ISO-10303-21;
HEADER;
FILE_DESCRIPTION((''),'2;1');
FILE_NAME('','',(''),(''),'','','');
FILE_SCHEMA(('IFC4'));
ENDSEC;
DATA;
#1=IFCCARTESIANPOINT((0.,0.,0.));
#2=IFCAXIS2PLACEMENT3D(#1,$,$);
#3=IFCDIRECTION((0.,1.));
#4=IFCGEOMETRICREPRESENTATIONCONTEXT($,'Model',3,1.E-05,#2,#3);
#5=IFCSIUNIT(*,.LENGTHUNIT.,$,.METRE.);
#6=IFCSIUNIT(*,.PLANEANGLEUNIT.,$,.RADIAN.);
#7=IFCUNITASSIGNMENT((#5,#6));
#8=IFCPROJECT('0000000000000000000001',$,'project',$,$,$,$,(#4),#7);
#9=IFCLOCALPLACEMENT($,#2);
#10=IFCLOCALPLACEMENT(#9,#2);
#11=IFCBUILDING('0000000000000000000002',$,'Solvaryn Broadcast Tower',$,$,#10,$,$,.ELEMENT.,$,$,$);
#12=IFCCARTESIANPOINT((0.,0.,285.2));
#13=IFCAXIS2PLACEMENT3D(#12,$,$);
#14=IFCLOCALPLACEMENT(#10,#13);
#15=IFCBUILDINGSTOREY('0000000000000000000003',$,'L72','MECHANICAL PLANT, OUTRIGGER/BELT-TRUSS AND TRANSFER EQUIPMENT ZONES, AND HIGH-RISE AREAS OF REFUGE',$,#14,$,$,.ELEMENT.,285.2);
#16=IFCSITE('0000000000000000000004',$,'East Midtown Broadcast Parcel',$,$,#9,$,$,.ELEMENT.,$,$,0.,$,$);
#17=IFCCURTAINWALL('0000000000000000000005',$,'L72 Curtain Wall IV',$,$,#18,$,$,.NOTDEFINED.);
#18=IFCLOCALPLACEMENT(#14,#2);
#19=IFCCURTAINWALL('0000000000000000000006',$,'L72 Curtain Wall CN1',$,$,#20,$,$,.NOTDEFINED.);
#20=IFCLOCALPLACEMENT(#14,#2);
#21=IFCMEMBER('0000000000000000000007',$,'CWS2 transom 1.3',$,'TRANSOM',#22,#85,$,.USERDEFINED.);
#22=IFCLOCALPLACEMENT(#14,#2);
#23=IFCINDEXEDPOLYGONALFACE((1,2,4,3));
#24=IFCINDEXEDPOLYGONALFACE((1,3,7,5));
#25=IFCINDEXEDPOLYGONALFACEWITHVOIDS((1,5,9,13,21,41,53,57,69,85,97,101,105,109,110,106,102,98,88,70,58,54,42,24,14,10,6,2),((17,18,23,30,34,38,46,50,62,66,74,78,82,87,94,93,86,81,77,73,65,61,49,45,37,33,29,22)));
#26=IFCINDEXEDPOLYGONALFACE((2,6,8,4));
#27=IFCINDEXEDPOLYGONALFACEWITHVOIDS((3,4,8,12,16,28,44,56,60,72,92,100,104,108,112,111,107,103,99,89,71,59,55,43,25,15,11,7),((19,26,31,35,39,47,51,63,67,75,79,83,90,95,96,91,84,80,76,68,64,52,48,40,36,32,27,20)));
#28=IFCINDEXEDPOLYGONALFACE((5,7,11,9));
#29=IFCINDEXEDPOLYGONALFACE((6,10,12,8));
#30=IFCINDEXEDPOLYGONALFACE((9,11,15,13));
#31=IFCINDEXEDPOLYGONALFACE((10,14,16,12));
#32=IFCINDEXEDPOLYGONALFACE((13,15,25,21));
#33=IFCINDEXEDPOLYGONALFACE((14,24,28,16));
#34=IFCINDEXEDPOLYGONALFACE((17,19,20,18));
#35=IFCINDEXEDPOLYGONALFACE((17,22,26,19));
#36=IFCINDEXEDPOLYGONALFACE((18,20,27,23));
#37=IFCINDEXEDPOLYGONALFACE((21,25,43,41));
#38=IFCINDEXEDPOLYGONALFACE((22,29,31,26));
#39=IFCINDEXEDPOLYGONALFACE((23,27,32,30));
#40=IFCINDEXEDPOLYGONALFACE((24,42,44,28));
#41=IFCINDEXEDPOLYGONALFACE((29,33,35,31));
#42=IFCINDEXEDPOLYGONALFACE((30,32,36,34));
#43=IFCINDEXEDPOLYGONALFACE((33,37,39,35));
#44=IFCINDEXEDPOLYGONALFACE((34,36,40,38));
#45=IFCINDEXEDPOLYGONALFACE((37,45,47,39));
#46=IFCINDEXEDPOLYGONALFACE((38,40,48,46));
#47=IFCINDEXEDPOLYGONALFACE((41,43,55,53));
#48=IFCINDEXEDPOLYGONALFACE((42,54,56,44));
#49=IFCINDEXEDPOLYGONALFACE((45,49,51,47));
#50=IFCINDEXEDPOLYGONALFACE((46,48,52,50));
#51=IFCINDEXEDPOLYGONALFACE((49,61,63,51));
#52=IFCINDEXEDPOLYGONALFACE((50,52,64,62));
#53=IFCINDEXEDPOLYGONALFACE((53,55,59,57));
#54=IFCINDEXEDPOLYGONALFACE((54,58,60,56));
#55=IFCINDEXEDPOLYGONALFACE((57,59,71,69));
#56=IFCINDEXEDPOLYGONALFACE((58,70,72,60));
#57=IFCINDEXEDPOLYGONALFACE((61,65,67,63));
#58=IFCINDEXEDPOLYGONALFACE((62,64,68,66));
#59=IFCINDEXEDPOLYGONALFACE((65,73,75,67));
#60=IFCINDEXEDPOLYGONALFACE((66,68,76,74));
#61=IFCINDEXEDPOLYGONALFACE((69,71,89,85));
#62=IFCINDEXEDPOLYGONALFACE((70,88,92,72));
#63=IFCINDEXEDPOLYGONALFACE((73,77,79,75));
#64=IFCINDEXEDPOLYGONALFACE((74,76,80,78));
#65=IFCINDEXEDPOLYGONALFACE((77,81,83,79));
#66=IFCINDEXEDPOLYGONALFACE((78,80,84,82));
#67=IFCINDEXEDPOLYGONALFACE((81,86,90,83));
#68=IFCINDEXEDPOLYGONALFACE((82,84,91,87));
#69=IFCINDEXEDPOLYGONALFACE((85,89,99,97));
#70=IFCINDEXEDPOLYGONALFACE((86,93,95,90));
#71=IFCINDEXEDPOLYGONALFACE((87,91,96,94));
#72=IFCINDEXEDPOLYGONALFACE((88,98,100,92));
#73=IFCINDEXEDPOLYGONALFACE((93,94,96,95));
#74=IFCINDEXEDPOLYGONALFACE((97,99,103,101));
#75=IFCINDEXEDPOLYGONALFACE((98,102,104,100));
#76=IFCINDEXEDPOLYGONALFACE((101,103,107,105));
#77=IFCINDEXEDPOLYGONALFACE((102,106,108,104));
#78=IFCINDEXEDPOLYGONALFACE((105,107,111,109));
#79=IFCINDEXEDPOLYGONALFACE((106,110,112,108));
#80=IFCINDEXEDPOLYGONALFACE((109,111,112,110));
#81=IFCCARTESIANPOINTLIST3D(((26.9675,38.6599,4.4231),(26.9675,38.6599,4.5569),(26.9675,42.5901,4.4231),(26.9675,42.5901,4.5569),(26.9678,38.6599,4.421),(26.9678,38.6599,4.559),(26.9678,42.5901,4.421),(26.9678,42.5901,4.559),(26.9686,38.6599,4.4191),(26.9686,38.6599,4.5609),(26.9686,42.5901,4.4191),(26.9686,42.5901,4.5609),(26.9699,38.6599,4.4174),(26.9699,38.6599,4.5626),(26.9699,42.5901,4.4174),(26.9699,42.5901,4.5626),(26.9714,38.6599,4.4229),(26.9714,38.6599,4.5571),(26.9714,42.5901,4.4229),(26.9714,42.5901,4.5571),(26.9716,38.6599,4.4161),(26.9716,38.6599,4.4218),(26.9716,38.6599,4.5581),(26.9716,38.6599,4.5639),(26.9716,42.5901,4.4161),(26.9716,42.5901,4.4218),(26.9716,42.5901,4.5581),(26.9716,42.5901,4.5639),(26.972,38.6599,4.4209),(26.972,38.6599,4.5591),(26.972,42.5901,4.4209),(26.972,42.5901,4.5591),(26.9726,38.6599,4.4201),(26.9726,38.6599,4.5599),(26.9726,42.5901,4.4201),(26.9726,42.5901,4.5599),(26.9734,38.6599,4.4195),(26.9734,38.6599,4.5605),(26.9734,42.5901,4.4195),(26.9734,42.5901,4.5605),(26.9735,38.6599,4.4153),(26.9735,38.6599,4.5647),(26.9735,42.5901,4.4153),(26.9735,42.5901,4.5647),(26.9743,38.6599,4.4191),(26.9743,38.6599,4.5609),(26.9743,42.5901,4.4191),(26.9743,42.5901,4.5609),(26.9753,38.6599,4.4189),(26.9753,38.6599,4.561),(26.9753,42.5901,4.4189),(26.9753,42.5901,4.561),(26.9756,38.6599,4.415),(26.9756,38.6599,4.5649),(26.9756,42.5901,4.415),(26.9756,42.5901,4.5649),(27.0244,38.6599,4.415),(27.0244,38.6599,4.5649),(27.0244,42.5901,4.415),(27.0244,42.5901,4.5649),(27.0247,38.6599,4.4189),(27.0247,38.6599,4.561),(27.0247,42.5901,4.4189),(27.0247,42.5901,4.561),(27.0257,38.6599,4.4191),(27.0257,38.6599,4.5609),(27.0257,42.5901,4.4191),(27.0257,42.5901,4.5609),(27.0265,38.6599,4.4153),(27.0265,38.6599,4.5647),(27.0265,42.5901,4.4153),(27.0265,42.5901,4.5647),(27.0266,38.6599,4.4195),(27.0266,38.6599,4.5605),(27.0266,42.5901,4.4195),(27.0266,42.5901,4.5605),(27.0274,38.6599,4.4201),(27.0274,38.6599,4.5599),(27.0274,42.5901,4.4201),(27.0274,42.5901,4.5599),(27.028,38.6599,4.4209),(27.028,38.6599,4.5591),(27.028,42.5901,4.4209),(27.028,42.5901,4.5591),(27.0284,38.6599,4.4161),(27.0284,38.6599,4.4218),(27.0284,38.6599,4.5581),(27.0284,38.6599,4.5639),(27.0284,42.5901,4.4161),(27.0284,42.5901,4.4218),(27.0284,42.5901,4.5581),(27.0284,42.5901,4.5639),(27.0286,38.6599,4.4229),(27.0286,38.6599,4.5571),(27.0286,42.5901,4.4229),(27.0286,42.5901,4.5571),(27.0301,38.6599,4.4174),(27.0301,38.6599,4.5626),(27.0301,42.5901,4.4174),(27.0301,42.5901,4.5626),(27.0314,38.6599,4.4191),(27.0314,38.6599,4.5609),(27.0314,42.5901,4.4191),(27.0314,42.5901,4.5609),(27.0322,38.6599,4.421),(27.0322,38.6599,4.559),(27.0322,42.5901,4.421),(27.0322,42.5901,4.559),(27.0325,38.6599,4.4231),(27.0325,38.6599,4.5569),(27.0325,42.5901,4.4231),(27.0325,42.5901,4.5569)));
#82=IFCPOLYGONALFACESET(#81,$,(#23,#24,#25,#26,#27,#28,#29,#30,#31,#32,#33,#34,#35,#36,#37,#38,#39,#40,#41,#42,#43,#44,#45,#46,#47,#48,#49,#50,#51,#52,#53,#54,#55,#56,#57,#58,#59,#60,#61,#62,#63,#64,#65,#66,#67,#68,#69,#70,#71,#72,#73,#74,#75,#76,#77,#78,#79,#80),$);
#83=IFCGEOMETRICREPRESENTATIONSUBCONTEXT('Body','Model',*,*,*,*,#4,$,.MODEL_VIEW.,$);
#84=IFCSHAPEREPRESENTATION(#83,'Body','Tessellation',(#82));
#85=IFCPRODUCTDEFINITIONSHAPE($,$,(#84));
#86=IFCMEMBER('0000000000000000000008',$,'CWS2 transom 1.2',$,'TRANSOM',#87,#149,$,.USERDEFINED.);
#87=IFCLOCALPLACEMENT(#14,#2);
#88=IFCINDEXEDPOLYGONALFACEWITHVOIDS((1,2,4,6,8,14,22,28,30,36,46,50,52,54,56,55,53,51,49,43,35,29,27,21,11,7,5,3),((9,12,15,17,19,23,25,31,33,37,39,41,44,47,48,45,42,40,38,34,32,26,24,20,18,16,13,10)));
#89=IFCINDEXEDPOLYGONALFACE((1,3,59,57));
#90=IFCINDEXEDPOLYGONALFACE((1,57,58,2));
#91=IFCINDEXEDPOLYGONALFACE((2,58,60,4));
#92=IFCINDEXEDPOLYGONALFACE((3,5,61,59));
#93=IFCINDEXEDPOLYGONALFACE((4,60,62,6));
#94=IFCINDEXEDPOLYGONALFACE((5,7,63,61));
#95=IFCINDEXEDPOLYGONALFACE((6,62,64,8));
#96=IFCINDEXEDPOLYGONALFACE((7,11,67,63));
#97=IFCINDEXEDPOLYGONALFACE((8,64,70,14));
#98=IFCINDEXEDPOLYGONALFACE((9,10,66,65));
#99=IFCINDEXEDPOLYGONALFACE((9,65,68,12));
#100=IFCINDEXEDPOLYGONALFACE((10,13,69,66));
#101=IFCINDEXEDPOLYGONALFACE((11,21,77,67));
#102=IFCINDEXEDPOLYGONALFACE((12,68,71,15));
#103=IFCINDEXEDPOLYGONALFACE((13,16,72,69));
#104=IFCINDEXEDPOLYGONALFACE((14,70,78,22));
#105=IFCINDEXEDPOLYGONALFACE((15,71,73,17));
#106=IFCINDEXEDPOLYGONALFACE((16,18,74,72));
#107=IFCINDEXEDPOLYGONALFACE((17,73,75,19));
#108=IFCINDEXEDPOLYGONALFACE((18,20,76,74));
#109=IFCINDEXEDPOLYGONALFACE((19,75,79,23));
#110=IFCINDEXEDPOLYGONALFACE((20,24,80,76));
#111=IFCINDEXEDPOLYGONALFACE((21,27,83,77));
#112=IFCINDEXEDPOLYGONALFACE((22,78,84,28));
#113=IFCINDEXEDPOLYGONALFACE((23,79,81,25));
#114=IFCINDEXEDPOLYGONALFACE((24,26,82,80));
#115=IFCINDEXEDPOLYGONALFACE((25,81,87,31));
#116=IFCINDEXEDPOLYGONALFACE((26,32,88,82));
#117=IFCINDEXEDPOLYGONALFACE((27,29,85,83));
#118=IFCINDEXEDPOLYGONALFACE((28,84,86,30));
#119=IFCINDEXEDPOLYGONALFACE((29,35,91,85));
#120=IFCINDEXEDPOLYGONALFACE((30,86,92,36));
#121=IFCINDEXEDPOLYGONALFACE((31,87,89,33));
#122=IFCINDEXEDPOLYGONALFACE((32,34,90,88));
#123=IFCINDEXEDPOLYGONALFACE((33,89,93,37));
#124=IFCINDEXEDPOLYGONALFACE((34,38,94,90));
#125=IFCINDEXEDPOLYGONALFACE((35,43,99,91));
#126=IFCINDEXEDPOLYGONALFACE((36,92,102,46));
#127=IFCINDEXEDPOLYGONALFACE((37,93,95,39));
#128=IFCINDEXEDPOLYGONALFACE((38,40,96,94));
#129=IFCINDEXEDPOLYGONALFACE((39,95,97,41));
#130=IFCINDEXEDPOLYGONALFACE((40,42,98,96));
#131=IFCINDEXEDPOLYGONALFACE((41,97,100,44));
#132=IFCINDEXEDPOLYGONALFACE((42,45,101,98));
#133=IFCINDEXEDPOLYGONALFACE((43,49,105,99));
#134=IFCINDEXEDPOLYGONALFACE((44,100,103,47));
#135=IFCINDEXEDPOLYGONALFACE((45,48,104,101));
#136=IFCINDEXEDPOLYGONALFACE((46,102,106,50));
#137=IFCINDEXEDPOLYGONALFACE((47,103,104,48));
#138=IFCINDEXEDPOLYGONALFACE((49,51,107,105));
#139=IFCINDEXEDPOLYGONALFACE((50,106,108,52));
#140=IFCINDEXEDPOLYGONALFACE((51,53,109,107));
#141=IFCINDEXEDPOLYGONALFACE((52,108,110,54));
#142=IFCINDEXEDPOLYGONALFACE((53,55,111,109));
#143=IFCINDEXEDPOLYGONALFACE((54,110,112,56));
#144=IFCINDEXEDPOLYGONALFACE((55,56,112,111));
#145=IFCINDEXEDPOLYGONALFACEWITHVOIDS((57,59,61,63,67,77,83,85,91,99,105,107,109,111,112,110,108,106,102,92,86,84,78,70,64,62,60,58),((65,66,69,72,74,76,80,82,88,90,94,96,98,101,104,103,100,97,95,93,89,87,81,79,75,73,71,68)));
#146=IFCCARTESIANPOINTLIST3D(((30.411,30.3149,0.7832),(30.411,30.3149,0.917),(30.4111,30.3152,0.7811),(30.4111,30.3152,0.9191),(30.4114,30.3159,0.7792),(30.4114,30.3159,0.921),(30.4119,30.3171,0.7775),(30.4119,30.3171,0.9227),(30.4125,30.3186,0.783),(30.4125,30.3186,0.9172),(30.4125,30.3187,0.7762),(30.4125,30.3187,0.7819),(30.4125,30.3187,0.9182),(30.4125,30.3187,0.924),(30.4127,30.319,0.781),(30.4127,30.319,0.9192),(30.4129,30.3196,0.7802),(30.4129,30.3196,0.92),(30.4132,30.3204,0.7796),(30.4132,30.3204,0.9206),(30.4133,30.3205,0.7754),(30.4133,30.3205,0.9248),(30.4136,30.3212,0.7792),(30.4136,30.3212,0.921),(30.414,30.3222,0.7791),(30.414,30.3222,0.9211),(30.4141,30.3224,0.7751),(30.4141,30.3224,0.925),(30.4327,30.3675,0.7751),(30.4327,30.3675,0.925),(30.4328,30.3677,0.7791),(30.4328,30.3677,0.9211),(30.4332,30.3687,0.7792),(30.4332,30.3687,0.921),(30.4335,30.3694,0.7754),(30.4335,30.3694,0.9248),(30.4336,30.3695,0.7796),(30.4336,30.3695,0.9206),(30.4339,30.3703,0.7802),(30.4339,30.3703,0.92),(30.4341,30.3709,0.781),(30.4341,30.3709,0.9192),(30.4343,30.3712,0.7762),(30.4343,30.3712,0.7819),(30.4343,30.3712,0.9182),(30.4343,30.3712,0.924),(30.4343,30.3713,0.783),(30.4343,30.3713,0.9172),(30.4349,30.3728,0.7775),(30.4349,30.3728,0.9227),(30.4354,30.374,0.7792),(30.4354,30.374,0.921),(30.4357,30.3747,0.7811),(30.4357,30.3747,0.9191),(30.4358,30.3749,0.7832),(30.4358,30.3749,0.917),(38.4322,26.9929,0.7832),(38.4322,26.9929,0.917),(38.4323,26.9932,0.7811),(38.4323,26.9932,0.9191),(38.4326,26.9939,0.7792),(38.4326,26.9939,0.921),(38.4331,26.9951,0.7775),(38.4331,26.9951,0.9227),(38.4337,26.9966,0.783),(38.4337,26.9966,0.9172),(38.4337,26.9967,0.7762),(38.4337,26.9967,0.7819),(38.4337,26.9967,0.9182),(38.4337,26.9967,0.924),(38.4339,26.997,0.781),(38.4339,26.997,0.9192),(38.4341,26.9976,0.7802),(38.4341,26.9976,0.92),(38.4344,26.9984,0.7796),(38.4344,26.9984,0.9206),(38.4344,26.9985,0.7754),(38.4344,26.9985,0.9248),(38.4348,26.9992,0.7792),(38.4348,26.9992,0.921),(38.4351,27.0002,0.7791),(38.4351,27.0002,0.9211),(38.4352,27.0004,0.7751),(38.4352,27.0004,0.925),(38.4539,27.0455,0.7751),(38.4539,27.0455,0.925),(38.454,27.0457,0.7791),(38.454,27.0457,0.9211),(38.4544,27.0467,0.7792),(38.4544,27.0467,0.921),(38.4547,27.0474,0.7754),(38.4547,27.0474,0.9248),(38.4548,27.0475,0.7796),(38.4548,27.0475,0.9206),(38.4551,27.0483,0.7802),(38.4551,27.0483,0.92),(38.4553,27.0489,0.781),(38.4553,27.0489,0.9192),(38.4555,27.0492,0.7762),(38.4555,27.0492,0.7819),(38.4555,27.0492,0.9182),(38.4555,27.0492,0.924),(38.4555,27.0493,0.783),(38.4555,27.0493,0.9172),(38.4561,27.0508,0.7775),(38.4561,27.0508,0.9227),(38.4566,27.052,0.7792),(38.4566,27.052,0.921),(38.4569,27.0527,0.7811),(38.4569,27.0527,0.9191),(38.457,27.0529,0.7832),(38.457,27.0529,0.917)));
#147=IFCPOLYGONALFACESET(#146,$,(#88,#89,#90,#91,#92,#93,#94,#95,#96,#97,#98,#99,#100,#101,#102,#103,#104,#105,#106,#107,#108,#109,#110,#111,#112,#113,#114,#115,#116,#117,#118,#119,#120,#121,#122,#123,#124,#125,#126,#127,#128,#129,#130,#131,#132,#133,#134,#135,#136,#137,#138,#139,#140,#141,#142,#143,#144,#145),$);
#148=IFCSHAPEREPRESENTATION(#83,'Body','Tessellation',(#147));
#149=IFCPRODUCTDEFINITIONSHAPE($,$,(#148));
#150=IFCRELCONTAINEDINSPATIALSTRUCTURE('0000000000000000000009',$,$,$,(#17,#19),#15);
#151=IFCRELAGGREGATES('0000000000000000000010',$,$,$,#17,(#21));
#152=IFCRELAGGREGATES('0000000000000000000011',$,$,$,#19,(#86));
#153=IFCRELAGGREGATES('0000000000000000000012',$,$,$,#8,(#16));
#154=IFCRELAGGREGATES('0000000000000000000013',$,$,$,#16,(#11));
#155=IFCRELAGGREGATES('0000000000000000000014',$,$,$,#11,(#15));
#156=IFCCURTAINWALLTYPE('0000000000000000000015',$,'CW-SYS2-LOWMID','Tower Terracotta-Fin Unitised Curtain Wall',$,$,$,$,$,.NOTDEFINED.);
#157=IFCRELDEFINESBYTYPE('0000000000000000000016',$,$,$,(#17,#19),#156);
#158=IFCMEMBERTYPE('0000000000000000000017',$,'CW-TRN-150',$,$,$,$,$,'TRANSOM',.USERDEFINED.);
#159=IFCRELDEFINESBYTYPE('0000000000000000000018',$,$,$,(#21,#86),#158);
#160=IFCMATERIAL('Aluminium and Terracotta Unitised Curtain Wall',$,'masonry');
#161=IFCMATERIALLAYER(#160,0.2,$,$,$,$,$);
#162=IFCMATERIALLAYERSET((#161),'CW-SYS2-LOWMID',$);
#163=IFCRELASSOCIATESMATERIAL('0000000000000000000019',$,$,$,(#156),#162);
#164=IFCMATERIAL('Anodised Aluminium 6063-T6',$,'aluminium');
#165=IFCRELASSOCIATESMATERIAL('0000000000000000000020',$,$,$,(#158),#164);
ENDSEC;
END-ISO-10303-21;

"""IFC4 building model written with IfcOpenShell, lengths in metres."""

from ifc_helpers import new_model, si_unit, direction, frame, origin, origin_2d, place, context, subcontext, project, spatial, hollow_rectangle, extrude, material, layer, layer_set, material_profile, profile_set, type_object, element, aggregate, save


model = new_model("IFC4")

# Units and contexts
model_context = context("Model", 3, precision=1e-05, world=origin(), true_north=direction((0.0, 1.0)))
body_context = subcontext(model_context, "Body", "Model", "MODEL_VIEW")
ifc_project = project(units=[si_unit("LENGTHUNIT", "METRE"), si_unit("PLANEANGLEUNIT", "RADIAN")], contexts=[model_context])

# Site, building, storey
site_placement = place(None, origin())
site = spatial("IfcSite", under=ifc_project, at=site_placement, Name="East Midtown Broadcast Parcel", CompositionType="ELEMENT", RefElevation=0.0)
building_placement = place(site_placement, origin())
building = spatial("IfcBuilding", under=site, at=building_placement, Name="Solvaryn Broadcast Tower", CompositionType="ELEMENT")
storey_placement = place(building_placement, frame((0.0, 0.0, 285.2)))
storey = spatial("IfcBuildingStorey", under=building, at=storey_placement, Name="L72", Description="MECHANICAL PLANT, OUTRIGGER/BELT-TRUSS AND TRANSFER EQUIPMENT ZONES, AND HIGH-RISE AREAS OF REFUGE", CompositionType="ELEMENT", Elevation=285.2)

# Curtain walls
ifc_material_1 = material(Name="Aluminium and Terracotta Unitised Curtain Wall", Category="masonry")
ifc_layer_1 = layer(ifc_material_1, 0.2)
ifc_layer_set_1 = layer_set([ifc_layer_1], Name="CW-SYS2-LOWMID")
curtain_wall_type = type_object("IfcCurtainWallType", Name="CW-SYS2-LOWMID", Description="Tower Terracotta-Fin Unitised Curtain Wall", PredefinedType="NOTDEFINED", material=ifc_layer_set_1)
curtain_wall_1_placement = place(storey_placement, origin())
curtain_wall_1 = element("IfcCurtainWall", 1, at=curtain_wall_1_placement, inside=storey, type_object=curtain_wall_type, Name="L72 Curtain Wall IV", PredefinedType="NOTDEFINED")
curtain_wall_2_placement = place(storey_placement, origin())
curtain_wall_2 = element("IfcCurtainWall", 2, at=curtain_wall_2_placement, inside=storey, type_object=curtain_wall_type, Name="L72 Curtain Wall CN1", PredefinedType="NOTDEFINED")

# Members
ifc_material_2 = material(Name="Anodised Aluminium 6063-T6", Category="aluminium")
ifc_material_profile_1 = material_profile(ifc_material_2, hollow_rectangle(XDim=0.0649, YDim=0.1499, WallThickness=0.0039, InnerFilletRadius=0.0039, OuterFilletRadius=0.0081, at=origin_2d()))
ifc_profile_set_1 = profile_set([ifc_material_profile_1], Name="Anodised Aluminium 6063-T6")
member_type_1 = type_object("IfcMemberType", Name="CW-TRN-150", ElementType="TRANSOM", PredefinedType="USERDEFINED", material=ifc_profile_set_1)
member_1_placement = place(storey_placement, frame((27.0, 42.5901, 4.49), z_axis=(0.0, -1.0, 0.0), x_axis=(1.0, 0.0, 0.0)))
member_1 = element("IfcMember", 3, at=member_1_placement, type_object=member_type_1, Name="CWS2 transom 1.3", ObjectType="TRANSOM", PredefinedType="USERDEFINED", context=body_context, shape_type="SweptSolid", body=[
    extrude(hollow_rectangle(XDim=0.0649, YDim=0.1499, WallThickness=0.0039, InnerFilletRadius=0.0039, OuterFilletRadius=0.0081, at=origin_2d()), origin(), (0.0, 0.0, 1.0), 3.9302),
])
aggregate(curtain_wall_1, [member_1])
member_2_placement = place(storey_placement, frame((38.4446, 27.0229, 0.8501), z_axis=(-0.923899, 0.382636, 0.0), x_axis=(-0.382636, -0.923899, 0.0)))
member_2 = element("IfcMember", 4, at=member_2_placement, type_object=member_type_1, Name="CWS2 transom 1.2", ObjectType="TRANSOM", PredefinedType="USERDEFINED", context=body_context, shape_type="SweptSolid", body=[
    extrude(hollow_rectangle(XDim=0.0649, YDim=0.1499, WallThickness=0.0039, InnerFilletRadius=0.0039, OuterFilletRadius=0.0081, at=origin_2d()), origin(), (0.0, 0.0, 1.0), 8.6819),
])

aggregate(curtain_wall_2, [member_2])

save(model, "model.ifc")
